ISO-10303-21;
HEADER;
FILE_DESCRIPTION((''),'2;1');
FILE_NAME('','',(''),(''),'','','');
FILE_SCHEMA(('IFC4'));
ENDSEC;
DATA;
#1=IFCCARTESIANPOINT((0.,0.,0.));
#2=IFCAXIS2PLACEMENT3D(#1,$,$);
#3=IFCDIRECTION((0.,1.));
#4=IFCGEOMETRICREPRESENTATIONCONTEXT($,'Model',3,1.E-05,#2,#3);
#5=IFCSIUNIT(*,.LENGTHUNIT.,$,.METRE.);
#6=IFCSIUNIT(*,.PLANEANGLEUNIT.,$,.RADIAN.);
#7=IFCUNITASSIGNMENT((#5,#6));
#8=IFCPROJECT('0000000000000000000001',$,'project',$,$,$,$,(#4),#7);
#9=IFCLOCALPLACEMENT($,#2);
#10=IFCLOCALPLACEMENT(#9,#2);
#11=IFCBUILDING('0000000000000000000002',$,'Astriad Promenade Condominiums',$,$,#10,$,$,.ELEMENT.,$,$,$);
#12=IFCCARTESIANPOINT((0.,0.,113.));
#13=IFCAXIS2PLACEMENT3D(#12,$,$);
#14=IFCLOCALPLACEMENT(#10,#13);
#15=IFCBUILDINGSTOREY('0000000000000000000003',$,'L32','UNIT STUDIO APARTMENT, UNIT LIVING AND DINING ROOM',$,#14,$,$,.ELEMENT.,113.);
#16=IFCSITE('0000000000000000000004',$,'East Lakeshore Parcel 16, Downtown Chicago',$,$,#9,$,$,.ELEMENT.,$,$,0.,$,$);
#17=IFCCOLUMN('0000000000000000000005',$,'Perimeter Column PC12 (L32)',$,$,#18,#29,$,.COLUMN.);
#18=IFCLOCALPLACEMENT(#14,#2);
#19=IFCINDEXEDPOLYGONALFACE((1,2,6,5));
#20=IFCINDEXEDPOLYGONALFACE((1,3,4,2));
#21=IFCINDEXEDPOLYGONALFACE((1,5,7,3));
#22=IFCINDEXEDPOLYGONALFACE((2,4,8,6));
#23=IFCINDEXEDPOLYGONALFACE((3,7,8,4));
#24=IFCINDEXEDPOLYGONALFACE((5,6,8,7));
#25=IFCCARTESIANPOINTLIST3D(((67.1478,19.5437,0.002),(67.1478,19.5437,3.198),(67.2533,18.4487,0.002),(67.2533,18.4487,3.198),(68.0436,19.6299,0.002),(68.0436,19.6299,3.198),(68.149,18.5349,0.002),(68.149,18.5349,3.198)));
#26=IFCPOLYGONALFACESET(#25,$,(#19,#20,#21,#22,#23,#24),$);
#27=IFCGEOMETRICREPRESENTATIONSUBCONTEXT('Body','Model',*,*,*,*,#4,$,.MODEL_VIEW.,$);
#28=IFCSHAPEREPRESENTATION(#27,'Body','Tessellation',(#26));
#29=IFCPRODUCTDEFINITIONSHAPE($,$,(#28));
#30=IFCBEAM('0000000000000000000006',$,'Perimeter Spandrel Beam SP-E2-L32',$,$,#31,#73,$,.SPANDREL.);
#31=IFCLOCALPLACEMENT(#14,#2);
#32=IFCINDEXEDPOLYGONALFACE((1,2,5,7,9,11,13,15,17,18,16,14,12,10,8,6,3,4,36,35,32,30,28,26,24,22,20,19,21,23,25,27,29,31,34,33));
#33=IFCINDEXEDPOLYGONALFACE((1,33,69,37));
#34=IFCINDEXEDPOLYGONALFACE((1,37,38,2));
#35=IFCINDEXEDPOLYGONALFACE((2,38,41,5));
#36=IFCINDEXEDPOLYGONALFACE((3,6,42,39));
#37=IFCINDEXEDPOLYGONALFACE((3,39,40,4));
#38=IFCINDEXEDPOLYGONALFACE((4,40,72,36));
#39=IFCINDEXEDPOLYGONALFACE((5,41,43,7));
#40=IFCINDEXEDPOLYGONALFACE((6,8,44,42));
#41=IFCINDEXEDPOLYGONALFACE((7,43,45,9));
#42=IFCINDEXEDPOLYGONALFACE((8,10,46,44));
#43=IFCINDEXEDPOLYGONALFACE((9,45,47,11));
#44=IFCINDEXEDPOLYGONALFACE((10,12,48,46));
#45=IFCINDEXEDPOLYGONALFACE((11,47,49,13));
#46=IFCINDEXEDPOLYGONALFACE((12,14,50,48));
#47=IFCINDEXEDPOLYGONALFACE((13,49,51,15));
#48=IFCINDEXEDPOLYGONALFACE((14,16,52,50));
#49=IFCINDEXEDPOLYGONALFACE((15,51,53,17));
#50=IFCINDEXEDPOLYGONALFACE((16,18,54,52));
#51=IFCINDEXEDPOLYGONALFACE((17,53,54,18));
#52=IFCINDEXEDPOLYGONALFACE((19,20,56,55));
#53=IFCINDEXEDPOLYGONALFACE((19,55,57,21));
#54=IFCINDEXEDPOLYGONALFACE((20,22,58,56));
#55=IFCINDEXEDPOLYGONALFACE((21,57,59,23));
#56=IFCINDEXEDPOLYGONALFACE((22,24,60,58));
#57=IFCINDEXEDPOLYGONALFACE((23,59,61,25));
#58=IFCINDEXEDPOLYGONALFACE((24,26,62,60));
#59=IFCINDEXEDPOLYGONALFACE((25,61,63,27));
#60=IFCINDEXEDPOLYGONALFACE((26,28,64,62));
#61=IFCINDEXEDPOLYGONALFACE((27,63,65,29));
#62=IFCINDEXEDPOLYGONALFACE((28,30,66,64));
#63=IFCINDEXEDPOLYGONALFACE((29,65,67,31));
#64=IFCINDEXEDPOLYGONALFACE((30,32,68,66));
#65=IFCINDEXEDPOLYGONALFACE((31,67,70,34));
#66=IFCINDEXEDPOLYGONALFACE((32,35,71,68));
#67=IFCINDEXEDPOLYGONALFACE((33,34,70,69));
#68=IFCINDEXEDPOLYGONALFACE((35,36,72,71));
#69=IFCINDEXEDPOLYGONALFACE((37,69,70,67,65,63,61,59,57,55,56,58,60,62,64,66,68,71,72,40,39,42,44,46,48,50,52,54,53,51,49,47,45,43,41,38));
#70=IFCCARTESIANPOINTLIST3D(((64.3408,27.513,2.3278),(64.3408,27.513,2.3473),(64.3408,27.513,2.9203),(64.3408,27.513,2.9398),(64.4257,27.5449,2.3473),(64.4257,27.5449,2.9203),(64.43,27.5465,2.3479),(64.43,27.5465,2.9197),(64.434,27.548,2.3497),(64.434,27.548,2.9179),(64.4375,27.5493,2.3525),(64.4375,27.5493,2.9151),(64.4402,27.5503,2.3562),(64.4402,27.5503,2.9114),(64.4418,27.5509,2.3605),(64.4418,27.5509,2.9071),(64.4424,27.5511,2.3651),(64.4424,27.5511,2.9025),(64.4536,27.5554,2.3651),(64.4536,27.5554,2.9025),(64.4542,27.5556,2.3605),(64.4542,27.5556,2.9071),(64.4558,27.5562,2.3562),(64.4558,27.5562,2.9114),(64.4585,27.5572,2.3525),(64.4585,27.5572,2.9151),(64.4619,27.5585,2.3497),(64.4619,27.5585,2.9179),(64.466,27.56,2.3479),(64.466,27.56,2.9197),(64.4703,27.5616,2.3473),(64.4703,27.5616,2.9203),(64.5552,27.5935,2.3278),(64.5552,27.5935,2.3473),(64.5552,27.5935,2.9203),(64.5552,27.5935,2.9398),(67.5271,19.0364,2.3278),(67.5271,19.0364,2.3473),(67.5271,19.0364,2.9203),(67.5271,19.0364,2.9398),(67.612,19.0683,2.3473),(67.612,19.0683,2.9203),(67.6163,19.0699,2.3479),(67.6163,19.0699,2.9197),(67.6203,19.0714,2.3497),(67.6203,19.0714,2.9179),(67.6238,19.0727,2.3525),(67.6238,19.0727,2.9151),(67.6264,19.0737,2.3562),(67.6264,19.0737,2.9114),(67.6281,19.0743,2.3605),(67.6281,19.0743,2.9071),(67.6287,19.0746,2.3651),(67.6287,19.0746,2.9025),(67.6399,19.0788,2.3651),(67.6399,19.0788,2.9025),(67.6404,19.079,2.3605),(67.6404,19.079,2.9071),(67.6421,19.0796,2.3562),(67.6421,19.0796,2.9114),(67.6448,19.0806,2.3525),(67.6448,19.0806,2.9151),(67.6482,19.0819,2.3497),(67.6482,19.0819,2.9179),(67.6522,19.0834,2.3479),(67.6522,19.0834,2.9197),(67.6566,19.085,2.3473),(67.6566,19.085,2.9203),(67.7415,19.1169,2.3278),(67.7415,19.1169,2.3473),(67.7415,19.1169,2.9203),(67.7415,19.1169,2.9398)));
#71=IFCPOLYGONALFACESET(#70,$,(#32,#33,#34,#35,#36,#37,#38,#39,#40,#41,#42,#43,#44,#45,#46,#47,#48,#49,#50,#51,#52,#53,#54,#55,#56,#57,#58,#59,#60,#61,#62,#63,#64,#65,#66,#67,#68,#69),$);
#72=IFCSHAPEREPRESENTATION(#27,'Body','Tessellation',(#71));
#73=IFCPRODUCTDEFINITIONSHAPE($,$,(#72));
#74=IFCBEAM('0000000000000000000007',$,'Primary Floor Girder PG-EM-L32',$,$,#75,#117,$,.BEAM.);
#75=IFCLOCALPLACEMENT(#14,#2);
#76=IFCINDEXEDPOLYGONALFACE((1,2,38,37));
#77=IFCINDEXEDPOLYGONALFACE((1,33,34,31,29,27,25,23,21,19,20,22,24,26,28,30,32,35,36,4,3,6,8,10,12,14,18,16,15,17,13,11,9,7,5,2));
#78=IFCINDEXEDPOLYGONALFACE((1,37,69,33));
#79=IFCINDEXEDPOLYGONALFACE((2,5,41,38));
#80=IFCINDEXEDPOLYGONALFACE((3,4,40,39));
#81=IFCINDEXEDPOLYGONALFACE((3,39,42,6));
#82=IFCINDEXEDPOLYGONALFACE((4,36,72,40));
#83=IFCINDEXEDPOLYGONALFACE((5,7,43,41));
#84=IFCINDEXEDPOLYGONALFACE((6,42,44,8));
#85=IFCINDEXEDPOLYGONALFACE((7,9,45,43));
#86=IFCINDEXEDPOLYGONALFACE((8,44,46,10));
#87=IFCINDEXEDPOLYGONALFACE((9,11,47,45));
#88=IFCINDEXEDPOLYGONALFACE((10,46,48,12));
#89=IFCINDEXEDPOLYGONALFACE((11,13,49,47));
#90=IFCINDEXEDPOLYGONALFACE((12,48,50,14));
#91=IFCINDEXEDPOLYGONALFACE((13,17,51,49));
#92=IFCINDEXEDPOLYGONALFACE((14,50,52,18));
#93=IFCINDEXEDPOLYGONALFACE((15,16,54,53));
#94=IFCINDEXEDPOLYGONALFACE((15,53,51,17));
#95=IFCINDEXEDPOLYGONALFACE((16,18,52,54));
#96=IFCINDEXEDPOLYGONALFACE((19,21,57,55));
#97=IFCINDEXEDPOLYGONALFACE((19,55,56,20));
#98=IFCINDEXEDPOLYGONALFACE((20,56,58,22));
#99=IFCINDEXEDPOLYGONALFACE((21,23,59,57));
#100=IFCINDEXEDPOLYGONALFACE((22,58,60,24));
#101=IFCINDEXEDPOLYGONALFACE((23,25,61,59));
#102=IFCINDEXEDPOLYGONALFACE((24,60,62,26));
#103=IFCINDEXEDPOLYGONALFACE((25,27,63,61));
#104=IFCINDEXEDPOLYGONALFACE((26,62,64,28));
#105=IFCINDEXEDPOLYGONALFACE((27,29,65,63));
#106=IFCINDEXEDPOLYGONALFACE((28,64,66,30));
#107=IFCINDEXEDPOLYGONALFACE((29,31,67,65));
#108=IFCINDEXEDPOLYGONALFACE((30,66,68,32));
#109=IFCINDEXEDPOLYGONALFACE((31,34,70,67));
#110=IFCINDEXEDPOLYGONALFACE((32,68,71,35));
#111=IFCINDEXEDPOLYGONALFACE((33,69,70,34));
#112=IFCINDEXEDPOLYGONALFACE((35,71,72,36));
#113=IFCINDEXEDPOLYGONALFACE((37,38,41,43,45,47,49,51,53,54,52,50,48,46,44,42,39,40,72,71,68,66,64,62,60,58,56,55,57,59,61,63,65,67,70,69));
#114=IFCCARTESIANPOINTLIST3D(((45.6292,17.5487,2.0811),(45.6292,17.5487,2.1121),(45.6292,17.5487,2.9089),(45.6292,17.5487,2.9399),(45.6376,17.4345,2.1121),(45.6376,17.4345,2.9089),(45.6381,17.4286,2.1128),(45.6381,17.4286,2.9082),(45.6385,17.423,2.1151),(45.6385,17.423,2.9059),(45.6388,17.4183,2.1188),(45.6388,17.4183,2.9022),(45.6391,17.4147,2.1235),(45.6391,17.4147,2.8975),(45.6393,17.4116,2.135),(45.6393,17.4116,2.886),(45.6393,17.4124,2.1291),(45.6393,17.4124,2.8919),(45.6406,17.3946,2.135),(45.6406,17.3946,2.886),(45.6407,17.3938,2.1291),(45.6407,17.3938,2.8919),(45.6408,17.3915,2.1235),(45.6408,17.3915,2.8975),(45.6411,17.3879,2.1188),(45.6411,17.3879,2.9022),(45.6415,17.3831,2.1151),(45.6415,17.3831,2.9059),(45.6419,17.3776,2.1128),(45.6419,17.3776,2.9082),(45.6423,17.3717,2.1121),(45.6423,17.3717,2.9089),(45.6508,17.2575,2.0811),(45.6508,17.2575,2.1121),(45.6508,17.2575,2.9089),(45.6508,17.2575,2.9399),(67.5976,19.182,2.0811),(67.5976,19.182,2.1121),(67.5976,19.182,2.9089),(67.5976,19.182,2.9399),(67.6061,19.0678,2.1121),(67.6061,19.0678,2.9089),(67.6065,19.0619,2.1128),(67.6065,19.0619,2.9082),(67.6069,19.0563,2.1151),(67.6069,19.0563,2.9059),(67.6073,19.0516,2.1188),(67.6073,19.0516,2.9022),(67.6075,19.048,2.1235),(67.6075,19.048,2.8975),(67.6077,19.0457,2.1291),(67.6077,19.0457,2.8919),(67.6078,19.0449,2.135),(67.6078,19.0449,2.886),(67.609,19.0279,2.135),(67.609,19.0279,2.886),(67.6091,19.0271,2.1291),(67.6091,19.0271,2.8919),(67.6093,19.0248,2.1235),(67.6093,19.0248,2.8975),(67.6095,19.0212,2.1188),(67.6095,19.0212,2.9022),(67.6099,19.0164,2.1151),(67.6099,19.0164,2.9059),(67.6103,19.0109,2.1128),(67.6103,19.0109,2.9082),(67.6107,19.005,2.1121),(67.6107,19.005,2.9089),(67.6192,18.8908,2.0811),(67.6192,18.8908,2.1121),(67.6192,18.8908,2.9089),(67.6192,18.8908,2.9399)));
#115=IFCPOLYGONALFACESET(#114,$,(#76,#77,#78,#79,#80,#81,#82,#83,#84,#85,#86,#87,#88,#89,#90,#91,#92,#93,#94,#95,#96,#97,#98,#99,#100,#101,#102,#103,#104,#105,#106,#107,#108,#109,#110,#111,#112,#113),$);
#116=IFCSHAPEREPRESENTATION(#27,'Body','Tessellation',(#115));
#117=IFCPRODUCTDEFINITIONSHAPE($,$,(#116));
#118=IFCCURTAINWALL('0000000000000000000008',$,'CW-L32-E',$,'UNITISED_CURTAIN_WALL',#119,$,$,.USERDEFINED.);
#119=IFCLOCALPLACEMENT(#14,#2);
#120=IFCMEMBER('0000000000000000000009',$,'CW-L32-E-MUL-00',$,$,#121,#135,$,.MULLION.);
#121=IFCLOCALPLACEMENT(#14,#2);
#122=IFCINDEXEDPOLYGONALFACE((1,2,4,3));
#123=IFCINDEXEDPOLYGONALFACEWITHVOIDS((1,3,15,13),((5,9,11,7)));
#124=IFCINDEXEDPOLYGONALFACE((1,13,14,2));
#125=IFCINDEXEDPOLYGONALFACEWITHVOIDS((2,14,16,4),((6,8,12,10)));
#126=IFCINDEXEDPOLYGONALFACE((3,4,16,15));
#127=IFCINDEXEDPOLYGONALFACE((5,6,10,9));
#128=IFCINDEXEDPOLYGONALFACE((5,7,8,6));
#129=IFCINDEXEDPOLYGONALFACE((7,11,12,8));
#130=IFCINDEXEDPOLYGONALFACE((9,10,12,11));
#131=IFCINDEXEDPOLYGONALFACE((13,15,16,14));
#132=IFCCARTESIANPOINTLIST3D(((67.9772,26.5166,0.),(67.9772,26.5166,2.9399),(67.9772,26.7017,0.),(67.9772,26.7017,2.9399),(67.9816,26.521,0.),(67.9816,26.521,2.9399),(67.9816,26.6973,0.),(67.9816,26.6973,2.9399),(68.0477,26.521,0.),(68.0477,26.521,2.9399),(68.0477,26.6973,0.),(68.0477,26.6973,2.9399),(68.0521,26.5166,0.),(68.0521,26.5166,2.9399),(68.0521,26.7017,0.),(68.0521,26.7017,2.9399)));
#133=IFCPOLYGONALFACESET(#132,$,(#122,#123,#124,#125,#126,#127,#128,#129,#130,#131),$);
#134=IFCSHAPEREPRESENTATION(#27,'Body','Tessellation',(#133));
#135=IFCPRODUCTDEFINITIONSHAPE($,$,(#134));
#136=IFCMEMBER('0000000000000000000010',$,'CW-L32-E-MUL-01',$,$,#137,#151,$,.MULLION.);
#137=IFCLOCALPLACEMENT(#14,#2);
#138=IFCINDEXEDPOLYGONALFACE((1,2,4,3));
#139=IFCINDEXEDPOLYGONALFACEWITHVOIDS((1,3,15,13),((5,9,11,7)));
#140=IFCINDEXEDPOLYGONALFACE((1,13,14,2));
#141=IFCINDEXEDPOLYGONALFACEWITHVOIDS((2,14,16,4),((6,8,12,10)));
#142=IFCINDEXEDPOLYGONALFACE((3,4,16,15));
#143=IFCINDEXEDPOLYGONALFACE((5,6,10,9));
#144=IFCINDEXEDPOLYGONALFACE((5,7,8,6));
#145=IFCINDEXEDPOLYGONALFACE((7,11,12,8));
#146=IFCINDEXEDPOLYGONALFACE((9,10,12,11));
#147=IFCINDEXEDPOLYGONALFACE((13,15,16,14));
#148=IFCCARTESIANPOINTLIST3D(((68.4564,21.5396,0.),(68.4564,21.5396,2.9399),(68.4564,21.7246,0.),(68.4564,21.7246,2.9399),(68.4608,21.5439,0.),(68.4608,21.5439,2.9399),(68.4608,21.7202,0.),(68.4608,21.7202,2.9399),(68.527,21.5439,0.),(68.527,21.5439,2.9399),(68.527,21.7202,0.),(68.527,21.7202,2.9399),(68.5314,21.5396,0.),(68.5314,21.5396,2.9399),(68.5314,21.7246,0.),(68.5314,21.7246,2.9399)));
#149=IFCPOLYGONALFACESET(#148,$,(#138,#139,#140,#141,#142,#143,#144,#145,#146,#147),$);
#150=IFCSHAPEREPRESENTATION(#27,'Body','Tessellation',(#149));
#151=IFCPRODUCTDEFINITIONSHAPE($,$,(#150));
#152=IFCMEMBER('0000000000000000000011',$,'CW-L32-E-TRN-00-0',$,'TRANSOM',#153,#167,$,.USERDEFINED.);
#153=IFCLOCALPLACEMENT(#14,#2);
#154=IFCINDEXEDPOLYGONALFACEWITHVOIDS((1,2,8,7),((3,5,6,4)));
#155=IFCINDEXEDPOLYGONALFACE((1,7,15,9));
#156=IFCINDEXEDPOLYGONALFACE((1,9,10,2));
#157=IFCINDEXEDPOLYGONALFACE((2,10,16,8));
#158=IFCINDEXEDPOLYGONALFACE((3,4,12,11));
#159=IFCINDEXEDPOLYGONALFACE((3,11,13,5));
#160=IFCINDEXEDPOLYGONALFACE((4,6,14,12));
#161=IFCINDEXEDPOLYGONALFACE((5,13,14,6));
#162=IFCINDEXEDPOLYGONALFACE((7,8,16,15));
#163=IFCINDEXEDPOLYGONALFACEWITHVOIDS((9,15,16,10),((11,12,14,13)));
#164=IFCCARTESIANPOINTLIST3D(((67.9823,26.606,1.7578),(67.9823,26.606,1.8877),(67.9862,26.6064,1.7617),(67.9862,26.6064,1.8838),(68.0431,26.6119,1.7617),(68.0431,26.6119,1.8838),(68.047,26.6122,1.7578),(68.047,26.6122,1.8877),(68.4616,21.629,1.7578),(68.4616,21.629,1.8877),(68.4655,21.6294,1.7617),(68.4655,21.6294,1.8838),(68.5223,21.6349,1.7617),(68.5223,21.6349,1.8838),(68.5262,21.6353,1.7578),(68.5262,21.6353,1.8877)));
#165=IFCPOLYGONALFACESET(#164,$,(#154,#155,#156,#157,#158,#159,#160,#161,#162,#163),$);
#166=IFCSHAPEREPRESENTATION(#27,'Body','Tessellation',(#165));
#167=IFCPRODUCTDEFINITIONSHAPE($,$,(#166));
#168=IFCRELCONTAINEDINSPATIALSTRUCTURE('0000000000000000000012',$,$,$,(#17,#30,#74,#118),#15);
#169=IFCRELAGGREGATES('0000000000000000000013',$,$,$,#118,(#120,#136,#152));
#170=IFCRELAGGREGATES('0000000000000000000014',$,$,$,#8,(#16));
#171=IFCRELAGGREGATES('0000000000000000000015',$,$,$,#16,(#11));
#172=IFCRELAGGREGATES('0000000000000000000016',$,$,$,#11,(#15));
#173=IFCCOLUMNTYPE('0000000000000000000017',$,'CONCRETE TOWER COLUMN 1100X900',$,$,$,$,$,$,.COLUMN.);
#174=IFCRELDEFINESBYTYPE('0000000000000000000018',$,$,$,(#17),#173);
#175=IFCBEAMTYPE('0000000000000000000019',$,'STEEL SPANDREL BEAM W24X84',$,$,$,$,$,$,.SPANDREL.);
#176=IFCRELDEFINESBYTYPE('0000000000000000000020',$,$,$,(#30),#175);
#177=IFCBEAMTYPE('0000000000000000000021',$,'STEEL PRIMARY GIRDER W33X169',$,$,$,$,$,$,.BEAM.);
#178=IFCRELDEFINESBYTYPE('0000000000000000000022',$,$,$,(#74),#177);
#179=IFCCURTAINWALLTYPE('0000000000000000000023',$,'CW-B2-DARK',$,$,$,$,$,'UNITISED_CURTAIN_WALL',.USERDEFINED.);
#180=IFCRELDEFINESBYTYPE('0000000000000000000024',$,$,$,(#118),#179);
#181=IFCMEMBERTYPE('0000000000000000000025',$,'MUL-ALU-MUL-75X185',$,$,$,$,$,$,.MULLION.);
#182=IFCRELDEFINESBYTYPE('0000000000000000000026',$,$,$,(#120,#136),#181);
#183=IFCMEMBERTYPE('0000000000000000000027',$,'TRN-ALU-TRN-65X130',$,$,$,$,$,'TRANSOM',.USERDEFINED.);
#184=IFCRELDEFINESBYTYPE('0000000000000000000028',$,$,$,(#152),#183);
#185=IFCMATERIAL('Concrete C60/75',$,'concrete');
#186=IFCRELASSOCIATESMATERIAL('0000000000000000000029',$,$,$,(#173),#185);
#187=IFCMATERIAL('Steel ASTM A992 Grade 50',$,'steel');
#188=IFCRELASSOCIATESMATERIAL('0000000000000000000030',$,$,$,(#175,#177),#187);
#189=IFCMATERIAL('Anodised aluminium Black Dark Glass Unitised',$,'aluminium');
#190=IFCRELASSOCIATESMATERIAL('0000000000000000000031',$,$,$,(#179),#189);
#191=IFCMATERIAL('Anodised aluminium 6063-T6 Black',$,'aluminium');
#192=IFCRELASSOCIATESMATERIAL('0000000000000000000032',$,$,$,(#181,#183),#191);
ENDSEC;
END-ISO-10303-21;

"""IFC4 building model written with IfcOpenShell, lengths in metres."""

from ifc_helpers import new_model, si_unit, direction, frame, origin, origin_2d, place, context, subcontext, project, spatial, rectangle, hollow_rectangle, i_section, extrude, source, transform, mapped, material, material_profile, profile_set, type_object, type_shapes, element, aggregate, save


model = new_model("IFC4")

# Units and contexts
model_context = context("Model", 3, precision=1e-05, world=origin(), true_north=direction((0.0, 1.0)))
body_context = subcontext(model_context, "Body", "Model", "MODEL_VIEW")
ifc_project = project(units=[si_unit("LENGTHUNIT", "METRE"), si_unit("PLANEANGLEUNIT", "RADIAN")], contexts=[model_context])

# Site, building, storey
site_placement = place(None, origin())
site = spatial("IfcSite", under=ifc_project, at=site_placement, Name="East Lakeshore Parcel 16, Downtown Chicago", CompositionType="ELEMENT", RefElevation=0.0)
building_placement = place(site_placement, origin())
building = spatial("IfcBuilding", under=site, at=building_placement, Name="Astriad Promenade Condominiums", CompositionType="ELEMENT")
storey_placement = place(building_placement, frame((0.0, 0.0, 113.0)))
storey = spatial("IfcBuildingStorey", under=building, at=storey_placement, Name="L32", Description="UNIT STUDIO APARTMENT, UNIT LIVING AND DINING ROOM", CompositionType="ELEMENT", Elevation=113.0)

# Column
ifc_material_1 = material(Name="Concrete C60/75", Category="concrete")
ifc_material_profile_1 = material_profile(ifc_material_1, rectangle(XDim=0.8999, YDim=1.1001, at=origin_2d()), Name="RC-COL-1100X900")
ifc_profile_set_1 = profile_set([ifc_material_profile_1], Name="Concrete C60/75")
column_type = type_object("IfcColumnType", Name="CONCRETE TOWER COLUMN 1100X900", PredefinedType="COLUMN", material=ifc_profile_set_1)
shared_shape_1 = source(origin(), body_context, "Body", "SweptSolid", [
    extrude(rectangle(XDim=0.8999, YDim=1.1001, at=origin_2d()), origin(), (0.0, 0.0, 1.0), 3.196),
])
type_shapes(column_type, [shared_shape_1])
column_placement = place(storey_placement, frame((67.6484, 19.0393, 0.002), z_axis=(0.0, 0.0, 1.0), x_axis=(0.995396, 0.095846, 0.0)))
element("IfcColumn", 1, at=column_placement, inside=storey, type_object=column_type, Name="Perimeter Column PC12 (L32)", PredefinedType="COLUMN", context=body_context, shape_type="MappedRepresentation", body=[
    mapped(shared_shape_1, transform((0.0, 0.0, 0.0), scale=1.0)),
])

# Beams
ifc_material_2 = material(Name="Steel ASTM A992 Grade 50", Category="steel")
ifc_material_profile_2 = material_profile(ifc_material_2, i_section(OverallWidth=0.229, OverallDepth=0.6121, WebThickness=0.012, FlangeThickness=0.0195, FilletRadius=0.0178, at=origin_2d()), Name="W24X84")
ifc_profile_set_2 = profile_set([ifc_material_profile_2], Name="Steel ASTM A992 Grade 50")
beam_type_1 = type_object("IfcBeamType", Name="STEEL SPANDREL BEAM W24X84", PredefinedType="SPANDREL", material=ifc_profile_set_2)
shared_shape_2 = source(origin(), body_context, "Body", "SweptSolid", [
    extrude(i_section(OverallWidth=0.229, OverallDepth=0.6121, WebThickness=0.012, FlangeThickness=0.0195, FilletRadius=0.0178, at=origin_2d()), origin(), (0.0, 0.0, 1.0), 9.0557),
])
type_shapes(beam_type_1, [shared_shape_2])
beam_1_placement = place(storey_placement, frame((67.6343, 19.0767, 2.6338), z_axis=(-0.351856, 0.936054, 0.0), x_axis=(-0.936054, -0.351856, 0.0)))
element("IfcBeam", 2, at=beam_1_placement, inside=storey, type_object=beam_type_1, Name="Perimeter Spandrel Beam SP-E2-L32", PredefinedType="SPANDREL", context=body_context, shape_type="MappedRepresentation", body=[
    mapped(shared_shape_2, transform((0.0, 0.0, 0.0), scale=1.0)),
])
ifc_material_profile_3 = material_profile(ifc_material_2, i_section(OverallWidth=0.292, OverallDepth=0.8589, WebThickness=0.0171, FlangeThickness=0.031, FilletRadius=0.0229, at=origin_2d()), Name="W33X169")
ifc_profile_set_3 = profile_set([ifc_material_profile_3], Name="Steel ASTM A992 Grade 50")
beam_type_2 = type_object("IfcBeamType", Name="STEEL PRIMARY GIRDER W33X169", PredefinedType="BEAM", material=ifc_profile_set_3)
shared_shape_3 = source(origin(), body_context, "Body", "SweptSolid", [
    extrude(i_section(OverallWidth=0.292, OverallDepth=0.8589, WebThickness=0.0171, FlangeThickness=0.031, FilletRadius=0.0229, at=origin_2d()), origin(), (0.0, 0.0, 1.0), 22.0291),
])
type_shapes(beam_type_2, [shared_shape_3])
beam_2_placement = place(storey_placement, frame((67.6084, 19.0364, 2.5105), z_axis=(-0.997248, -0.074143, 0.0), x_axis=(0.074143, -0.997248, 0.0)))
element("IfcBeam", 3, at=beam_2_placement, inside=storey, type_object=beam_type_2, Name="Primary Floor Girder PG-EM-L32", PredefinedType="BEAM", context=body_context, shape_type="MappedRepresentation", body=[
    mapped(shared_shape_3, transform((0.0, 0.0, 0.0), scale=1.0)),
])

# Curtain wall, members
ifc_material_3 = material(Name="Anodised aluminium Black Dark Glass Unitised", Category="aluminium")
curtain_wall_type = type_object("IfcCurtainWallType", Name="CW-B2-DARK", ElementType="UNITISED_CURTAIN_WALL", PredefinedType="USERDEFINED", material=ifc_material_3)
curtain_wall_placement = place(storey_placement, origin())
curtain_wall = element("IfcCurtainWall", 4, at=curtain_wall_placement, inside=storey, type_object=curtain_wall_type, Name="CW-L32-E", ObjectType="UNITISED_CURTAIN_WALL", PredefinedType="USERDEFINED")
ifc_material_4 = material(Name="Anodised aluminium 6063-T6 Black", Category="aluminium")
ifc_material_profile_4 = material_profile(ifc_material_4, hollow_rectangle(XDim=0.075, YDim=0.1851, WallThickness=0.0044, at=origin_2d()), Name="ALU-MUL-75X185")
ifc_profile_set_4 = profile_set([ifc_material_profile_4], Name="Anodised aluminium 6063-T6 Black")
member_type_1 = type_object("IfcMemberType", Name="MUL-ALU-MUL-75X185", PredefinedType="MULLION", material=ifc_profile_set_4)
shared_shape_4 = source(origin(), body_context, "Body", "SweptSolid", [
    extrude(hollow_rectangle(XDim=0.075, YDim=0.1851, WallThickness=0.0044, at=origin_2d()), origin(), (0.0, 0.0, 1.0), 2.9399),
])
type_shapes(member_type_1, [shared_shape_4])
member_1_placement = place(storey_placement, frame((68.0146, 26.6091, 0.0), z_axis=(0.0, 0.0, 1.0), x_axis=(1.0, 0.0, 0.0)))
member_1 = element("IfcMember", 5, at=member_1_placement, type_object=member_type_1, Name="CW-L32-E-MUL-00", PredefinedType="MULLION", context=body_context, shape_type="MappedRepresentation", body=[
    mapped(shared_shape_4, transform((0.0, 0.0, 0.0), scale=1.0)),
])
member_2_placement = place(storey_placement, frame((68.4939, 21.6321, 0.0), z_axis=(0.0, 0.0, 1.0), x_axis=(1.0, 0.0, 0.0)))
member_2 = element("IfcMember", 6, at=member_2_placement, type_object=member_type_1, Name="CW-L32-E-MUL-01", PredefinedType="MULLION", context=body_context, shape_type="MappedRepresentation", body=[
    mapped(shared_shape_4, transform((0.0, 0.0, 0.0), scale=1.0)),
])
ifc_material_profile_5 = material_profile(ifc_material_4, hollow_rectangle(XDim=0.0649, YDim=0.1299, WallThickness=0.0039, at=origin_2d()), Name="ALU-TRN-65X130")
ifc_profile_set_5 = profile_set([ifc_material_profile_5], Name="Anodised aluminium 6063-T6 Black")
member_type_2 = type_object("IfcMemberType", Name="TRN-ALU-TRN-65X130", ElementType="TRANSOM", PredefinedType="USERDEFINED", material=ifc_profile_set_5)
shared_shape_5 = source(origin(), body_context, "Body", "SweptSolid", [
    extrude(hollow_rectangle(XDim=0.0649, YDim=0.1299, WallThickness=0.0039, at=origin_2d()), origin(), (0.0, 0.0, 1.0), 5.0),
])
member_3_placement = place(storey_placement, frame((68.0146, 26.6091, 1.8228), z_axis=(0.095848, -0.995396, 0.0), x_axis=(0.995396, 0.095848, 0.0)))
member_3 = element("IfcMember", 7, at=member_3_placement, type_object=member_type_2, Name="CW-L32-E-TRN-00-0", ObjectType="TRANSOM", PredefinedType="USERDEFINED", context=body_context, shape_type="MappedRepresentation", body=[
    mapped(shared_shape_5, transform((0.0, 0.0, 0.0), scale=1.0)),
])
aggregate(curtain_wall, [member_1, member_2, member_3])

save(model, "model.ifc")
